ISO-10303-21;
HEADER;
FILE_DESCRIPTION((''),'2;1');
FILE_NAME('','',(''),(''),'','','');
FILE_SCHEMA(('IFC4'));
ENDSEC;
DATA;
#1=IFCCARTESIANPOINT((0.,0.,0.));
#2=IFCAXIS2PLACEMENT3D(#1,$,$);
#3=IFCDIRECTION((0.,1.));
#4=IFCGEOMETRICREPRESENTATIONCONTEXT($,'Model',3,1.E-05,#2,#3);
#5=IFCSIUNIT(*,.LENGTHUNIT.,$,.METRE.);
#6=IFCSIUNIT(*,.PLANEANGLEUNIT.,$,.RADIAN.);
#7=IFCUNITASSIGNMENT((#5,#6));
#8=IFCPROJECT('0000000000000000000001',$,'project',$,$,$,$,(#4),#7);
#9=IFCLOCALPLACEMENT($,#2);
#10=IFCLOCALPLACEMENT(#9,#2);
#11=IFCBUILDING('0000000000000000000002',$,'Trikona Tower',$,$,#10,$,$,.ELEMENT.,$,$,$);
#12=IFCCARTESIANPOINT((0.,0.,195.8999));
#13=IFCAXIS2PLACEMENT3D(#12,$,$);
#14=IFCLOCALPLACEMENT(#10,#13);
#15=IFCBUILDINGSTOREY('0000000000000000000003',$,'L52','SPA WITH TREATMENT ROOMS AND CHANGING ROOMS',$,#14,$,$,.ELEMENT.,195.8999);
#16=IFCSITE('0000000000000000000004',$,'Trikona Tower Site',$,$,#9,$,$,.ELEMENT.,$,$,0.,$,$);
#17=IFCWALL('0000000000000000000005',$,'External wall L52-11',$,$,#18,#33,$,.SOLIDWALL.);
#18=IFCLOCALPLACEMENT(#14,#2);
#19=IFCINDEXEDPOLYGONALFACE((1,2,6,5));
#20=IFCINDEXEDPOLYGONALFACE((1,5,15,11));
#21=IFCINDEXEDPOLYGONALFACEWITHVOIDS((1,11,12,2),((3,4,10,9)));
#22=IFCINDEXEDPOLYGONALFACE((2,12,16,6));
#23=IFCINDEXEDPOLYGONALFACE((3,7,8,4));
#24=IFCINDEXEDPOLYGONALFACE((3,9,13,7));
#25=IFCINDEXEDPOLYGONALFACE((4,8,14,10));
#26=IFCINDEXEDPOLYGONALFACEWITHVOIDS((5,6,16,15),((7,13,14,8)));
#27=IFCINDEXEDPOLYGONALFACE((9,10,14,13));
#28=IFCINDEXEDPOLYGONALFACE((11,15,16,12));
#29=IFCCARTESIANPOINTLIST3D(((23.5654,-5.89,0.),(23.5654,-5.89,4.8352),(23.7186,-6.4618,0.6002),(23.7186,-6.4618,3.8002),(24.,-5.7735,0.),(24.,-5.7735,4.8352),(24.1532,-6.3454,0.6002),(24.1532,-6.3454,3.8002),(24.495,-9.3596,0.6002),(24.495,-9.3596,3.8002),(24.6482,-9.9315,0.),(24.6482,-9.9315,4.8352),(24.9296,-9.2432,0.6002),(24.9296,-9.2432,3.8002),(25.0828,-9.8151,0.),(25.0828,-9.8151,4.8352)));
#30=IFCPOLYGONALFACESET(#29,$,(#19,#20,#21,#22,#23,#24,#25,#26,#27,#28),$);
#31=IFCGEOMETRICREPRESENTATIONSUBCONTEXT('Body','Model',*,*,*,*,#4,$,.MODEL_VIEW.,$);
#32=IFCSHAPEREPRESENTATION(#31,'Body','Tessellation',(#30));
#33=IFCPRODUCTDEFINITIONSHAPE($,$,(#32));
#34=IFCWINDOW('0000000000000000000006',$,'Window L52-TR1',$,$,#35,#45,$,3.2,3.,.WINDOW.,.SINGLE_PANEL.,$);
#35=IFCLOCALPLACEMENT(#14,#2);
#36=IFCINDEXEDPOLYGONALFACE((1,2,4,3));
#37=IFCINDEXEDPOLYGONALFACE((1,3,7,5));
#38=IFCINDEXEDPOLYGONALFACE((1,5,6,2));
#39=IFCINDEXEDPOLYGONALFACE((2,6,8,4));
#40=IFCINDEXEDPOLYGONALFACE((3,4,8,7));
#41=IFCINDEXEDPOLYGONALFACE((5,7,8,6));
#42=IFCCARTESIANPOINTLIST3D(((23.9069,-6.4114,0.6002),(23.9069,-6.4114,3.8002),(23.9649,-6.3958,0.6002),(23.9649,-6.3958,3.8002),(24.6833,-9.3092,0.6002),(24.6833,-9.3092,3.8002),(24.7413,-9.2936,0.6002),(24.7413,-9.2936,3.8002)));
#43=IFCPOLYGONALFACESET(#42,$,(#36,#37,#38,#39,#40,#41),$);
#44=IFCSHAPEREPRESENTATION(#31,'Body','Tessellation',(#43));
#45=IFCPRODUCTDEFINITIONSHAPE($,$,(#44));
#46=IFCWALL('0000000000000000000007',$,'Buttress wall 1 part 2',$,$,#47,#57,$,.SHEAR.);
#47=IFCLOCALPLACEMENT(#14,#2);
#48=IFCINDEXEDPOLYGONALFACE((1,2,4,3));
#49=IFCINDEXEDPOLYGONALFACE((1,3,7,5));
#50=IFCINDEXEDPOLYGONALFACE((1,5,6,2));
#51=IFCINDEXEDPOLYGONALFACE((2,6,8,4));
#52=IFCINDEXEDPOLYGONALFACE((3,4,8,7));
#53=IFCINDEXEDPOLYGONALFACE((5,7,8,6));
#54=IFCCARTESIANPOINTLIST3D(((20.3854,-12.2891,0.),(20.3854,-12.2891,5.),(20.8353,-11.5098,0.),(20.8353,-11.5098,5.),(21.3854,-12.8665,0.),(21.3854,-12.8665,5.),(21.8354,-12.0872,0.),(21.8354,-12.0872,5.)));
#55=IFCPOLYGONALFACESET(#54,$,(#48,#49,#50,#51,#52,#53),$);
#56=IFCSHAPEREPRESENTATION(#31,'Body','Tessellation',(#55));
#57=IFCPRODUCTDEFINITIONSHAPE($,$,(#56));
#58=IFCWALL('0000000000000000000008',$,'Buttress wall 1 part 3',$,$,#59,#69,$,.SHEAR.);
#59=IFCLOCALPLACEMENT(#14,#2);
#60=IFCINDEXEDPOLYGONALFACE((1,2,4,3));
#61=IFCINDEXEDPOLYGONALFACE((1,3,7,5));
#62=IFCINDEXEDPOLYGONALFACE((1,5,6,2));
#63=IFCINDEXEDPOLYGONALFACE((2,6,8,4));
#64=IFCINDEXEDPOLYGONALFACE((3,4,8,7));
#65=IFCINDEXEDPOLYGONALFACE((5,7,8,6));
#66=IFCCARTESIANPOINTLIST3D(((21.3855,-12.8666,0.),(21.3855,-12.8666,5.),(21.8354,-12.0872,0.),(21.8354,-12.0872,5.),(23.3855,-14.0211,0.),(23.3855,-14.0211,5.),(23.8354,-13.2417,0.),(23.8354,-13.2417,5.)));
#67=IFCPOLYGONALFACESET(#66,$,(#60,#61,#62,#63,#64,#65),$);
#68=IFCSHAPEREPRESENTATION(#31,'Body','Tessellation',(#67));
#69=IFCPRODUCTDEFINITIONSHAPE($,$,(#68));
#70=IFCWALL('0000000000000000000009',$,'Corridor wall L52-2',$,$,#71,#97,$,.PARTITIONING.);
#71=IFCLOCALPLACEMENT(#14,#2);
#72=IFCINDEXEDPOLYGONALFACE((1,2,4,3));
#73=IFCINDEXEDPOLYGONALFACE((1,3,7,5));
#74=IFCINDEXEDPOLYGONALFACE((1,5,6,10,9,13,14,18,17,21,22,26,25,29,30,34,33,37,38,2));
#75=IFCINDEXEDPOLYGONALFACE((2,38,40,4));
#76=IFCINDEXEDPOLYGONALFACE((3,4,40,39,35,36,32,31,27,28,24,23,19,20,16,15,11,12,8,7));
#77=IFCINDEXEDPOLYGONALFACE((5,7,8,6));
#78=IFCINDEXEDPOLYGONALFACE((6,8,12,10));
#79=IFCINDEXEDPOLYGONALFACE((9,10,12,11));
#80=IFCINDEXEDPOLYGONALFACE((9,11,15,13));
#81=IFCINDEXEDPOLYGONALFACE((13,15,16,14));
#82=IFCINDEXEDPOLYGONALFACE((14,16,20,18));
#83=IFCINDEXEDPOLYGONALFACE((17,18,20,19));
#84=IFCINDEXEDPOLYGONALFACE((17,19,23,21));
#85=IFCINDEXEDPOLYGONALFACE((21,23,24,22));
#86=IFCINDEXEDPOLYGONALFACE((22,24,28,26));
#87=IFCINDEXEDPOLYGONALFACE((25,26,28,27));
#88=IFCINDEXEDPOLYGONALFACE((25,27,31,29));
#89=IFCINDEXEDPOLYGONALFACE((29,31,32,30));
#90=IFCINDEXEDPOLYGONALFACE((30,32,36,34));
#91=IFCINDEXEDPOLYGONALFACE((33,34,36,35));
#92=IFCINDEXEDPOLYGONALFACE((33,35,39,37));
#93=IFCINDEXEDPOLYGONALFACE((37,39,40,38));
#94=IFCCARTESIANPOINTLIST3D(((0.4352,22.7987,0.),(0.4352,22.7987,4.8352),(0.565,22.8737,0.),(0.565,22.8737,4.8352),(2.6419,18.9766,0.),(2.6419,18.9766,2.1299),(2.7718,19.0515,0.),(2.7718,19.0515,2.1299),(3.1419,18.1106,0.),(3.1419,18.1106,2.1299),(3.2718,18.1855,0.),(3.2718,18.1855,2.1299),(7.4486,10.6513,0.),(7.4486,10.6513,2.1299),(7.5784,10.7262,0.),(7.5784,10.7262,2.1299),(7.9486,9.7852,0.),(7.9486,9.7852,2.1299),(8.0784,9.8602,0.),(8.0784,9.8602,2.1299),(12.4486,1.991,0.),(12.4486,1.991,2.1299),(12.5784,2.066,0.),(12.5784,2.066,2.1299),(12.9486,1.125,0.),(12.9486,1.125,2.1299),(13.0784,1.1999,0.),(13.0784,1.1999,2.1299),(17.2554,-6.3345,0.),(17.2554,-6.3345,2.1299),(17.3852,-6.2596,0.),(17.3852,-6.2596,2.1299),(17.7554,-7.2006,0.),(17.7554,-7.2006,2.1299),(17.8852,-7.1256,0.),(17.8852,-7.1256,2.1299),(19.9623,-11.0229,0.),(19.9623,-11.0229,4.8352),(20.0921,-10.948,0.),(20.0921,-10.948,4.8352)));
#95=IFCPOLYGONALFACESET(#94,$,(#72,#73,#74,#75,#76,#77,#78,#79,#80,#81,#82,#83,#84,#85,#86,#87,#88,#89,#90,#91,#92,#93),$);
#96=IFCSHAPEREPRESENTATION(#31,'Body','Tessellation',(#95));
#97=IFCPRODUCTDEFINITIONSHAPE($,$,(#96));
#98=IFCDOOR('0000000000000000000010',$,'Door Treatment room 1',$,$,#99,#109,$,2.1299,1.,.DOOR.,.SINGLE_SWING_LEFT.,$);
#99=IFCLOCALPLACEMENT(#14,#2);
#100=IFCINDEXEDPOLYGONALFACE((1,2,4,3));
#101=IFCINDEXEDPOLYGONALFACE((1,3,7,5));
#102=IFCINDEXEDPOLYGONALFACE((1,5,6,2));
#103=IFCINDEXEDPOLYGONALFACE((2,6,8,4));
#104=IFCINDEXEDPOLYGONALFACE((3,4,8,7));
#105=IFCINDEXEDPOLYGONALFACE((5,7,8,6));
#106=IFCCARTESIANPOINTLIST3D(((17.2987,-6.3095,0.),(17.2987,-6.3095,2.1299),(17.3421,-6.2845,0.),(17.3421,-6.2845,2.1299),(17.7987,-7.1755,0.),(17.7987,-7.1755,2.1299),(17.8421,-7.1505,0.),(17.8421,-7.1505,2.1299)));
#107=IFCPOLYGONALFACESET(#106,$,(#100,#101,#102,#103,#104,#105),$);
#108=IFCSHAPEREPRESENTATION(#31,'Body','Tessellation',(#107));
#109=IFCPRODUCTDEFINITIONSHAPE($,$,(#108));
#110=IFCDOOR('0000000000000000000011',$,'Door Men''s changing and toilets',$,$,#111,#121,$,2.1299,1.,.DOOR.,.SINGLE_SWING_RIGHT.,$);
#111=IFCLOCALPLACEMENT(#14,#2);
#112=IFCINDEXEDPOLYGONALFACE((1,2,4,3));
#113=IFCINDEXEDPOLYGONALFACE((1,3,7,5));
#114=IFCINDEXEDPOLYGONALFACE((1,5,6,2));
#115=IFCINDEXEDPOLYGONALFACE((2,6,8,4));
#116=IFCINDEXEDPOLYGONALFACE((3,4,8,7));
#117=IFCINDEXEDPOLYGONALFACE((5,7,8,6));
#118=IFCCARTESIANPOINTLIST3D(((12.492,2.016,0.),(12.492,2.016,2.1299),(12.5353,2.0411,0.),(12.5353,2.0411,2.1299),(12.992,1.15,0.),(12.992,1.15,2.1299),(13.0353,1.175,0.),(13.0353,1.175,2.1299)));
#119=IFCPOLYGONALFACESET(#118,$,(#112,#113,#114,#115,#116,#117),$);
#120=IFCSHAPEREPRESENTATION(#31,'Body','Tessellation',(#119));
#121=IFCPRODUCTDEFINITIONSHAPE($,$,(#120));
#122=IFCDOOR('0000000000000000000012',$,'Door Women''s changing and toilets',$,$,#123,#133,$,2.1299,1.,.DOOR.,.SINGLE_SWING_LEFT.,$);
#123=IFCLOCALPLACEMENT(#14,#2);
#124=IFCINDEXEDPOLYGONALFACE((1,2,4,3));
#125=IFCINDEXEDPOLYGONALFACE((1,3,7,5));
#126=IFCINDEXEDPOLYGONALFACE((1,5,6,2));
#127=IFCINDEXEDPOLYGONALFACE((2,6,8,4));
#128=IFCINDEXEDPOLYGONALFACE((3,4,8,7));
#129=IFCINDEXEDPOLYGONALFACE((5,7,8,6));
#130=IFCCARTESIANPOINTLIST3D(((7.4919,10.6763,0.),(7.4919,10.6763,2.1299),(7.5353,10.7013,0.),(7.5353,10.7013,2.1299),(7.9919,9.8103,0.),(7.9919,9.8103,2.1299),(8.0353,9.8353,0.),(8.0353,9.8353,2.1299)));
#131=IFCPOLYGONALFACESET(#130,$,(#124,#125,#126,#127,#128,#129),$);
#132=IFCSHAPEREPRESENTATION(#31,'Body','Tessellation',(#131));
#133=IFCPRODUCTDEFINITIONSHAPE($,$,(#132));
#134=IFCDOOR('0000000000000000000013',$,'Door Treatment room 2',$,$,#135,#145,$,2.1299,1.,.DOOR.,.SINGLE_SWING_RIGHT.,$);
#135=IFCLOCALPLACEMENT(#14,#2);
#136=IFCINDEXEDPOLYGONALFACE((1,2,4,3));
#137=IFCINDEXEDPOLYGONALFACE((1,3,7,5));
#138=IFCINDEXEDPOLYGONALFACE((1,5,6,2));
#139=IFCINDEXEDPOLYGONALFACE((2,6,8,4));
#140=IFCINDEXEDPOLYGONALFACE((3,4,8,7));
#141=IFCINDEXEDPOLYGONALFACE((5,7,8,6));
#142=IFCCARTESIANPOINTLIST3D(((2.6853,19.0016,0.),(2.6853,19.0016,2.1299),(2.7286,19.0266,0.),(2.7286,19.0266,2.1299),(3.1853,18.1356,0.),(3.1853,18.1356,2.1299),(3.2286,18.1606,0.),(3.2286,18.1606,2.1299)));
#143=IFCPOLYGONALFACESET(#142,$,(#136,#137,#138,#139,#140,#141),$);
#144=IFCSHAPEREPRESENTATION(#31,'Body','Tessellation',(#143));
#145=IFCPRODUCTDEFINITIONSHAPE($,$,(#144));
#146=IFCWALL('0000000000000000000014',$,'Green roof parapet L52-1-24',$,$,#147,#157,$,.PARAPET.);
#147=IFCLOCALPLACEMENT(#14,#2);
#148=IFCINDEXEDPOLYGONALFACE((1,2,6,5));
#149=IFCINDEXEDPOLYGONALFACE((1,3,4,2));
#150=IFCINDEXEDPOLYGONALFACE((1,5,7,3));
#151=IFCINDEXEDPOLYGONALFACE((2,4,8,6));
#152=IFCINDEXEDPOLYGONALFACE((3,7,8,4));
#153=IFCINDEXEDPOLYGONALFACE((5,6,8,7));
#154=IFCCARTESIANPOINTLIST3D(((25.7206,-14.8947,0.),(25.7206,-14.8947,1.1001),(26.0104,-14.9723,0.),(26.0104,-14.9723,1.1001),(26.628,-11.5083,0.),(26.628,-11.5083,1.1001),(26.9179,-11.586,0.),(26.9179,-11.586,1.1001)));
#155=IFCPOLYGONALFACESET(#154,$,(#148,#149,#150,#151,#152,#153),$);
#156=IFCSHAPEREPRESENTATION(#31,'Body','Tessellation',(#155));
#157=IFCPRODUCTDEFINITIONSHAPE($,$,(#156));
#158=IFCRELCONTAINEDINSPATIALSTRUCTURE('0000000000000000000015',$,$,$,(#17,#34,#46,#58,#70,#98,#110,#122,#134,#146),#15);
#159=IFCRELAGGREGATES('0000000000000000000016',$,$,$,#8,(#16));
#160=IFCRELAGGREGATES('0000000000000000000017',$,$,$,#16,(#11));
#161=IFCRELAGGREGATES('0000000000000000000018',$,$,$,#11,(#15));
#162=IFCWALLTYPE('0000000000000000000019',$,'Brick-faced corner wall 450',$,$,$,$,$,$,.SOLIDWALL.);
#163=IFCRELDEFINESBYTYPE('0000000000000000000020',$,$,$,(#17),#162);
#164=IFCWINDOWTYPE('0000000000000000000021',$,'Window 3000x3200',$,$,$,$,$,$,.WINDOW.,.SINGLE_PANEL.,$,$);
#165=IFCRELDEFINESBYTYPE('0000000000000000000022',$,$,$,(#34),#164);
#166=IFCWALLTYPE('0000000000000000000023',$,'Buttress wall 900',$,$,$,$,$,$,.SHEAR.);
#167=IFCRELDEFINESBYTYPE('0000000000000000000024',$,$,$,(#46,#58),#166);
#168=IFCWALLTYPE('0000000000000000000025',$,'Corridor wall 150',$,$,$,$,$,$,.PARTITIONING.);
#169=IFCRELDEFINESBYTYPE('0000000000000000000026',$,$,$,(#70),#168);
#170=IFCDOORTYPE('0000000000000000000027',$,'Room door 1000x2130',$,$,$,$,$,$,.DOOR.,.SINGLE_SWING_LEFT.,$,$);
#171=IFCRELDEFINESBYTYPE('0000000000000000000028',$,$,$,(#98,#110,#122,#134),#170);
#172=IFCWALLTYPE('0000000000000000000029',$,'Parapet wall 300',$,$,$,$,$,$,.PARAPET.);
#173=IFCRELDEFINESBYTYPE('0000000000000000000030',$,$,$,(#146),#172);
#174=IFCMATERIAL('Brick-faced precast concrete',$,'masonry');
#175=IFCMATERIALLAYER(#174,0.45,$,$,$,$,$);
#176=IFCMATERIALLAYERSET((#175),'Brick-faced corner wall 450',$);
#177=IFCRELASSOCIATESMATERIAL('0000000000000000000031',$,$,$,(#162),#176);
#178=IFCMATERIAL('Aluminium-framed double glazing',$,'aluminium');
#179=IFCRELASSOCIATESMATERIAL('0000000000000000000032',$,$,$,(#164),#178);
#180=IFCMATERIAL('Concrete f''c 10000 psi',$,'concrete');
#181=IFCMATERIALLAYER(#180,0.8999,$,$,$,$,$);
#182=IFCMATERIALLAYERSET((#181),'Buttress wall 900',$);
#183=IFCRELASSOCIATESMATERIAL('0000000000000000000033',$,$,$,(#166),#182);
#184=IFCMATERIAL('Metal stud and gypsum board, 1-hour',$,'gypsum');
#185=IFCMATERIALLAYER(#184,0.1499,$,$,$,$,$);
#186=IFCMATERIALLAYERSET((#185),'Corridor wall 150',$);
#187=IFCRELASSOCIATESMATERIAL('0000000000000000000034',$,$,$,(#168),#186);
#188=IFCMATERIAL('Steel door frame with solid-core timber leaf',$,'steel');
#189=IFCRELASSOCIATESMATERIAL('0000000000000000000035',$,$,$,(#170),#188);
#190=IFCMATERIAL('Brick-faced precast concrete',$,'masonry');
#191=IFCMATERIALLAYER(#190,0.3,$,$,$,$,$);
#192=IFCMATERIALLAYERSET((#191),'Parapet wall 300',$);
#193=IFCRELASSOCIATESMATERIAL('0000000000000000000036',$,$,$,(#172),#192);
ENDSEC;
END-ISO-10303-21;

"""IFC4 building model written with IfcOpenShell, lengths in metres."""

from ifc_helpers import new_model, si_unit, direction, frame, frame_2d, origin, place, context, subcontext, project, spatial, rectangle, extrude, material, layer, layer_set, type_object, element, fill, save


model = new_model("IFC4")

# Units and contexts
model_context = context("Model", 3, precision=1e-05, world=origin(), true_north=direction((0.0, 1.0)))
body_context = subcontext(model_context, "Body", "Model", "MODEL_VIEW")
ifc_project = project(units=[si_unit("LENGTHUNIT", "METRE"), si_unit("PLANEANGLEUNIT", "RADIAN")], contexts=[model_context])

# Site, building, storey
site_placement = place(None, origin())
site = spatial("IfcSite", under=ifc_project, at=site_placement, Name="Trikona Tower Site", CompositionType="ELEMENT", RefElevation=0.0)
building_placement = place(site_placement, origin())
building = spatial("IfcBuilding", under=site, at=building_placement, Name="Trikona Tower", CompositionType="ELEMENT")
storey_placement = place(building_placement, frame((0.0, 0.0, 195.8999)))
storey = spatial("IfcBuildingStorey", under=building, at=storey_placement, Name="L52", Description="SPA WITH TREATMENT ROOMS AND CHANGING ROOMS", CompositionType="ELEMENT", Elevation=195.8999)

# Wall, opening, window
ifc_material_1 = material(Name="Brick-faced precast concrete", Category="masonry")
ifc_layer_1 = layer(ifc_material_1, 0.45)
ifc_layer_set_1 = layer_set([ifc_layer_1], Name="Brick-faced corner wall 450")
wall_type_1 = type_object("IfcWallType", Name="Brick-faced corner wall 450", PredefinedType="SOLIDWALL", material=ifc_layer_set_1)
ifc_material_2 = material(Name="Aluminium-framed double glazing", Category="aluminium")
window_type_1 = type_object("IfcWindowType", Name="Window 3000x3200", PartitioningType="SINGLE_PANEL", PredefinedType="WINDOW", material=ifc_material_2)
wall_1_placement = place(storey_placement, frame((24.8655, -9.8733, 0.0), z_axis=(0.0, 0.0, 1.0), x_axis=(-0.258785, 0.965935, 0.0)))
wall_1 = element("IfcWall", 1, at=wall_1_placement, inside=storey, type_object=wall_type_1, Name="External wall L52-11", PredefinedType="SOLIDWALL", context=body_context, shape_type="SweptSolid", body=[
    extrude(rectangle(XDim=4.1841, YDim=0.45, at=frame_2d((2.092, 0.0))), origin(), (0.0, 0.0, 1.0), 4.8352),
])
opening_1_placement = place(wall_1_placement, frame((0.592, 0.0, 0.6001)))
opening_1 = element("IfcOpeningElement", 2, at=opening_1_placement, cuts=wall_1, PredefinedType="OPENING", context=body_context, shape_type="SweptSolid", body=[
    extrude(rectangle(XDim=3.0, YDim=3.2, at=frame_2d((1.5, 1.6001))), frame((0.0, 0.2349, 0.0), z_axis=(0.0, -1.0, 0.0), x_axis=(1.0, 0.0, 0.0)), (0.0, 0.0, 1.0), 0.47),
])
window_1_placement = place(opening_1_placement, origin())
window_1 = element("IfcWindow", 3, at=window_1_placement, inside=storey, type_object=window_type_1, Name="Window L52-TR1", OverallHeight=3.2, OverallWidth=3.0, PartitioningType="SINGLE_PANEL", PredefinedType="WINDOW", context=body_context, shape_type="SweptSolid", body=[
    extrude(rectangle(XDim=3.0, YDim=3.2, at=frame_2d((1.5, 1.6001))), frame((0.0, 0.03, 0.0), z_axis=(0.0, -1.0, 0.0), x_axis=(1.0, 0.0, 0.0)), (0.0, 0.0, 1.0), 0.0601),
])
fill(opening_1, window_1)

# Walls
ifc_material_3 = material(Name="Concrete f'c 10000 psi", Category="concrete")
ifc_layer_2 = layer(ifc_material_3, 0.8999)
ifc_layer_set_2 = layer_set([ifc_layer_2], Name="Buttress wall 900")
wall_type_2 = type_object("IfcWallType", Name="Buttress wall 900", PredefinedType="SHEAR", material=ifc_layer_set_2)
wall_2_placement = place(storey_placement, frame((20.6104, -11.8994, 0.0), z_axis=(0.0, 0.0, 1.0), x_axis=(0.86601, -0.500027, 0.0)))
element("IfcWall", 4, at=wall_2_placement, inside=storey, type_object=wall_type_2, Name="Buttress wall 1 part 2", PredefinedType="SHEAR", context=body_context, shape_type="SweptSolid", body=[
    extrude(rectangle(XDim=1.1548, YDim=0.8999, at=frame_2d((0.5774, 0.0))), origin(), (0.0, 0.0, 1.0), 5.0),
])
wall_3_placement = place(storey_placement, frame((21.6104, -12.4768, 0.0), z_axis=(0.0, 0.0, 1.0), x_axis=(0.866055, -0.499948, 0.0)))
element("IfcWall", 5, at=wall_3_placement, inside=storey, type_object=wall_type_2, Name="Buttress wall 1 part 3", PredefinedType="SHEAR", context=body_context, shape_type="SweptSolid", body=[
    extrude(rectangle(XDim=2.3093, YDim=0.8999, at=frame_2d((1.1548, 0.0))), origin(), (0.0, 0.0, 1.0), 5.0),
])

# Wall, openings, doors
ifc_material_4 = material(Name="Metal stud and gypsum board, 1-hour", Category="gypsum")
ifc_layer_3 = layer(ifc_material_4, 0.1499)
ifc_layer_set_3 = layer_set([ifc_layer_3], Name="Corridor wall 150")
wall_type_3 = type_object("IfcWallType", Name="Corridor wall 150", PredefinedType="PARTITIONING", material=ifc_layer_set_3)
wall_4_placement = place(storey_placement, frame((20.0271, -10.9854, 0.0), z_axis=(0.0, 0.0, 1.0), x_axis=(-0.500002, 0.866024, 0.0)))
wall_4 = element("IfcWall", 6, at=wall_4_placement, inside=storey, type_object=wall_type_3, Name="Corridor wall L52-2", PredefinedType="PARTITIONING", context=body_context, shape_type="SweptSolid", body=[
    extrude(rectangle(XDim=39.054, YDim=0.1499, at=frame_2d((19.5269, 0.0))), origin(), (0.0, 0.0, 1.0), 4.8352),
])
opening_2_placement = place(wall_4_placement, frame((4.4136, 0.0, 0.0)))
opening_2 = element("IfcOpeningElement", 7, at=opening_2_placement, cuts=wall_4, PredefinedType="OPENING", context=body_context, shape_type="SweptSolid", body=[
    extrude(rectangle(XDim=1.0, YDim=2.1299, at=frame_2d((0.5, 1.0649))), frame((0.0, 0.085, 0.0), z_axis=(0.0, -1.0, 0.0), x_axis=(1.0, 0.0, 0.0)), (0.0, 0.0, 1.0), 0.1699),
])
opening_3_placement = place(wall_4_placement, frame((14.0271, 0.0, 0.0)))
opening_3 = element("IfcOpeningElement", 8, at=opening_3_placement, cuts=wall_4, PredefinedType="OPENING", context=body_context, shape_type="SweptSolid", body=[
    extrude(rectangle(XDim=1.0, YDim=2.1299, at=frame_2d((0.5, 1.0649))), frame((0.0, 0.085, 0.0), z_axis=(0.0, -1.0, 0.0), x_axis=(1.0, 0.0, 0.0)), (0.0, 0.0, 1.0), 0.1699),
])
opening_4_placement = place(wall_4_placement, frame((24.0271, 0.0, 0.0)))
opening_4 = element("IfcOpeningElement", 9, at=opening_4_placement, cuts=wall_4, PredefinedType="OPENING", context=body_context, shape_type="SweptSolid", body=[
    extrude(rectangle(XDim=1.0, YDim=2.1299, at=frame_2d((0.5, 1.0649))), frame((0.0, 0.085, 0.0), z_axis=(0.0, -1.0, 0.0), x_axis=(1.0, 0.0, 0.0)), (0.0, 0.0, 1.0), 0.1699),
])
opening_5_placement = place(wall_4_placement, frame((33.6404, 0.0, 0.0)))
opening_5 = element("IfcOpeningElement", 10, at=opening_5_placement, cuts=wall_4, PredefinedType="OPENING", context=body_context, shape_type="SweptSolid", body=[
    extrude(rectangle(XDim=1.0, YDim=2.1299, at=frame_2d((0.5, 1.0649))), frame((0.0, 0.085, 0.0), z_axis=(0.0, -1.0, 0.0), x_axis=(1.0, 0.0, 0.0)), (0.0, 0.0, 1.0), 0.1699),
])
ifc_material_5 = material(Name="Steel door frame with solid-core timber leaf", Category="steel")
door_type = type_object("IfcDoorType", Name="Room door 1000x2130", OperationType="SINGLE_SWING_LEFT", PredefinedType="DOOR", material=ifc_material_5)
door_1_placement = place(opening_2_placement, origin())
door_1 = element("IfcDoor", 11, at=door_1_placement, inside=storey, type_object=door_type, Name="Door Treatment room 1", OperationType="SINGLE_SWING_LEFT", OverallHeight=2.1299, OverallWidth=1.0, PredefinedType="DOOR", context=body_context, shape_type="SweptSolid", body=[
    extrude(rectangle(XDim=1.0, YDim=2.1299, at=frame_2d((0.5, 1.0649))), frame((0.0, 0.0249, 0.0), z_axis=(0.0, -1.0, 0.0), x_axis=(1.0, 0.0, 0.0)), (0.0, 0.0, 1.0), 0.05),
])
fill(opening_2, door_1)
door_2_placement = place(opening_3_placement, origin())
door_2 = element("IfcDoor", 12, at=door_2_placement, inside=storey, type_object=door_type, Name="Door Men's changing and toilets", OperationType="SINGLE_SWING_RIGHT", OverallHeight=2.1299, OverallWidth=1.0, PredefinedType="DOOR", context=body_context, shape_type="SweptSolid", body=[
    extrude(rectangle(XDim=1.0, YDim=2.1299, at=frame_2d((0.5, 1.0649))), frame((0.0, 0.0249, 0.0), z_axis=(0.0, -1.0, 0.0), x_axis=(1.0, 0.0, 0.0)), (0.0, 0.0, 1.0), 0.05),
])
fill(opening_3, door_2)
door_3_placement = place(opening_4_placement, origin())
door_3 = element("IfcDoor", 13, at=door_3_placement, inside=storey, type_object=door_type, Name="Door Women's changing and toilets", OperationType="SINGLE_SWING_LEFT", OverallHeight=2.1299, OverallWidth=1.0, PredefinedType="DOOR", context=body_context, shape_type="SweptSolid", body=[
    extrude(rectangle(XDim=1.0, YDim=2.1299, at=frame_2d((0.5, 1.0649))), frame((0.0, 0.0249, 0.0), z_axis=(0.0, -1.0, 0.0), x_axis=(1.0, 0.0, 0.0)), (0.0, 0.0, 1.0), 0.05),
])
fill(opening_4, door_3)
door_4_placement = place(opening_5_placement, origin())
door_4 = element("IfcDoor", 14, at=door_4_placement, inside=storey, type_object=door_type, Name="Door Treatment room 2", OperationType="SINGLE_SWING_RIGHT", OverallHeight=2.1299, OverallWidth=1.0, PredefinedType="DOOR", context=body_context, shape_type="SweptSolid", body=[
    extrude(rectangle(XDim=1.0, YDim=2.1299, at=frame_2d((0.5, 1.0649))), frame((0.0, 0.0249, 0.0), z_axis=(0.0, -1.0, 0.0), x_axis=(1.0, 0.0, 0.0)), (0.0, 0.0, 1.0), 0.05),
])
fill(opening_5, door_4)

# Wall
ifc_material_6 = material(Name="Brick-faced precast concrete", Category="masonry")
ifc_layer_4 = layer(ifc_material_6, 0.3)
ifc_layer_set_4 = layer_set([ifc_layer_4], Name="Parapet wall 300")
wall_type_4 = type_object("IfcWallType", Name="Parapet wall 300", PredefinedType="PARAPET", material=ifc_layer_set_4)
wall_5_placement = place(storey_placement, frame((26.7729, -11.5471, 0.0), z_axis=(0.0, 0.0, 1.0), x_axis=(-0.258837, -0.965921, 0.0)))
element("IfcWall", 15, at=wall_5_placement, inside=storey, type_object=wall_type_4, Name="Green roof parapet L52-1-24", PredefinedType="PARAPET", context=body_context, shape_type="SweptSolid", body=[
    extrude(rectangle(XDim=3.5059, YDim=0.3, at=frame_2d((1.7529, 0.0))), origin(), (0.0, 0.0, 1.0), 1.1001),
])

save(model, "model.ifc")
